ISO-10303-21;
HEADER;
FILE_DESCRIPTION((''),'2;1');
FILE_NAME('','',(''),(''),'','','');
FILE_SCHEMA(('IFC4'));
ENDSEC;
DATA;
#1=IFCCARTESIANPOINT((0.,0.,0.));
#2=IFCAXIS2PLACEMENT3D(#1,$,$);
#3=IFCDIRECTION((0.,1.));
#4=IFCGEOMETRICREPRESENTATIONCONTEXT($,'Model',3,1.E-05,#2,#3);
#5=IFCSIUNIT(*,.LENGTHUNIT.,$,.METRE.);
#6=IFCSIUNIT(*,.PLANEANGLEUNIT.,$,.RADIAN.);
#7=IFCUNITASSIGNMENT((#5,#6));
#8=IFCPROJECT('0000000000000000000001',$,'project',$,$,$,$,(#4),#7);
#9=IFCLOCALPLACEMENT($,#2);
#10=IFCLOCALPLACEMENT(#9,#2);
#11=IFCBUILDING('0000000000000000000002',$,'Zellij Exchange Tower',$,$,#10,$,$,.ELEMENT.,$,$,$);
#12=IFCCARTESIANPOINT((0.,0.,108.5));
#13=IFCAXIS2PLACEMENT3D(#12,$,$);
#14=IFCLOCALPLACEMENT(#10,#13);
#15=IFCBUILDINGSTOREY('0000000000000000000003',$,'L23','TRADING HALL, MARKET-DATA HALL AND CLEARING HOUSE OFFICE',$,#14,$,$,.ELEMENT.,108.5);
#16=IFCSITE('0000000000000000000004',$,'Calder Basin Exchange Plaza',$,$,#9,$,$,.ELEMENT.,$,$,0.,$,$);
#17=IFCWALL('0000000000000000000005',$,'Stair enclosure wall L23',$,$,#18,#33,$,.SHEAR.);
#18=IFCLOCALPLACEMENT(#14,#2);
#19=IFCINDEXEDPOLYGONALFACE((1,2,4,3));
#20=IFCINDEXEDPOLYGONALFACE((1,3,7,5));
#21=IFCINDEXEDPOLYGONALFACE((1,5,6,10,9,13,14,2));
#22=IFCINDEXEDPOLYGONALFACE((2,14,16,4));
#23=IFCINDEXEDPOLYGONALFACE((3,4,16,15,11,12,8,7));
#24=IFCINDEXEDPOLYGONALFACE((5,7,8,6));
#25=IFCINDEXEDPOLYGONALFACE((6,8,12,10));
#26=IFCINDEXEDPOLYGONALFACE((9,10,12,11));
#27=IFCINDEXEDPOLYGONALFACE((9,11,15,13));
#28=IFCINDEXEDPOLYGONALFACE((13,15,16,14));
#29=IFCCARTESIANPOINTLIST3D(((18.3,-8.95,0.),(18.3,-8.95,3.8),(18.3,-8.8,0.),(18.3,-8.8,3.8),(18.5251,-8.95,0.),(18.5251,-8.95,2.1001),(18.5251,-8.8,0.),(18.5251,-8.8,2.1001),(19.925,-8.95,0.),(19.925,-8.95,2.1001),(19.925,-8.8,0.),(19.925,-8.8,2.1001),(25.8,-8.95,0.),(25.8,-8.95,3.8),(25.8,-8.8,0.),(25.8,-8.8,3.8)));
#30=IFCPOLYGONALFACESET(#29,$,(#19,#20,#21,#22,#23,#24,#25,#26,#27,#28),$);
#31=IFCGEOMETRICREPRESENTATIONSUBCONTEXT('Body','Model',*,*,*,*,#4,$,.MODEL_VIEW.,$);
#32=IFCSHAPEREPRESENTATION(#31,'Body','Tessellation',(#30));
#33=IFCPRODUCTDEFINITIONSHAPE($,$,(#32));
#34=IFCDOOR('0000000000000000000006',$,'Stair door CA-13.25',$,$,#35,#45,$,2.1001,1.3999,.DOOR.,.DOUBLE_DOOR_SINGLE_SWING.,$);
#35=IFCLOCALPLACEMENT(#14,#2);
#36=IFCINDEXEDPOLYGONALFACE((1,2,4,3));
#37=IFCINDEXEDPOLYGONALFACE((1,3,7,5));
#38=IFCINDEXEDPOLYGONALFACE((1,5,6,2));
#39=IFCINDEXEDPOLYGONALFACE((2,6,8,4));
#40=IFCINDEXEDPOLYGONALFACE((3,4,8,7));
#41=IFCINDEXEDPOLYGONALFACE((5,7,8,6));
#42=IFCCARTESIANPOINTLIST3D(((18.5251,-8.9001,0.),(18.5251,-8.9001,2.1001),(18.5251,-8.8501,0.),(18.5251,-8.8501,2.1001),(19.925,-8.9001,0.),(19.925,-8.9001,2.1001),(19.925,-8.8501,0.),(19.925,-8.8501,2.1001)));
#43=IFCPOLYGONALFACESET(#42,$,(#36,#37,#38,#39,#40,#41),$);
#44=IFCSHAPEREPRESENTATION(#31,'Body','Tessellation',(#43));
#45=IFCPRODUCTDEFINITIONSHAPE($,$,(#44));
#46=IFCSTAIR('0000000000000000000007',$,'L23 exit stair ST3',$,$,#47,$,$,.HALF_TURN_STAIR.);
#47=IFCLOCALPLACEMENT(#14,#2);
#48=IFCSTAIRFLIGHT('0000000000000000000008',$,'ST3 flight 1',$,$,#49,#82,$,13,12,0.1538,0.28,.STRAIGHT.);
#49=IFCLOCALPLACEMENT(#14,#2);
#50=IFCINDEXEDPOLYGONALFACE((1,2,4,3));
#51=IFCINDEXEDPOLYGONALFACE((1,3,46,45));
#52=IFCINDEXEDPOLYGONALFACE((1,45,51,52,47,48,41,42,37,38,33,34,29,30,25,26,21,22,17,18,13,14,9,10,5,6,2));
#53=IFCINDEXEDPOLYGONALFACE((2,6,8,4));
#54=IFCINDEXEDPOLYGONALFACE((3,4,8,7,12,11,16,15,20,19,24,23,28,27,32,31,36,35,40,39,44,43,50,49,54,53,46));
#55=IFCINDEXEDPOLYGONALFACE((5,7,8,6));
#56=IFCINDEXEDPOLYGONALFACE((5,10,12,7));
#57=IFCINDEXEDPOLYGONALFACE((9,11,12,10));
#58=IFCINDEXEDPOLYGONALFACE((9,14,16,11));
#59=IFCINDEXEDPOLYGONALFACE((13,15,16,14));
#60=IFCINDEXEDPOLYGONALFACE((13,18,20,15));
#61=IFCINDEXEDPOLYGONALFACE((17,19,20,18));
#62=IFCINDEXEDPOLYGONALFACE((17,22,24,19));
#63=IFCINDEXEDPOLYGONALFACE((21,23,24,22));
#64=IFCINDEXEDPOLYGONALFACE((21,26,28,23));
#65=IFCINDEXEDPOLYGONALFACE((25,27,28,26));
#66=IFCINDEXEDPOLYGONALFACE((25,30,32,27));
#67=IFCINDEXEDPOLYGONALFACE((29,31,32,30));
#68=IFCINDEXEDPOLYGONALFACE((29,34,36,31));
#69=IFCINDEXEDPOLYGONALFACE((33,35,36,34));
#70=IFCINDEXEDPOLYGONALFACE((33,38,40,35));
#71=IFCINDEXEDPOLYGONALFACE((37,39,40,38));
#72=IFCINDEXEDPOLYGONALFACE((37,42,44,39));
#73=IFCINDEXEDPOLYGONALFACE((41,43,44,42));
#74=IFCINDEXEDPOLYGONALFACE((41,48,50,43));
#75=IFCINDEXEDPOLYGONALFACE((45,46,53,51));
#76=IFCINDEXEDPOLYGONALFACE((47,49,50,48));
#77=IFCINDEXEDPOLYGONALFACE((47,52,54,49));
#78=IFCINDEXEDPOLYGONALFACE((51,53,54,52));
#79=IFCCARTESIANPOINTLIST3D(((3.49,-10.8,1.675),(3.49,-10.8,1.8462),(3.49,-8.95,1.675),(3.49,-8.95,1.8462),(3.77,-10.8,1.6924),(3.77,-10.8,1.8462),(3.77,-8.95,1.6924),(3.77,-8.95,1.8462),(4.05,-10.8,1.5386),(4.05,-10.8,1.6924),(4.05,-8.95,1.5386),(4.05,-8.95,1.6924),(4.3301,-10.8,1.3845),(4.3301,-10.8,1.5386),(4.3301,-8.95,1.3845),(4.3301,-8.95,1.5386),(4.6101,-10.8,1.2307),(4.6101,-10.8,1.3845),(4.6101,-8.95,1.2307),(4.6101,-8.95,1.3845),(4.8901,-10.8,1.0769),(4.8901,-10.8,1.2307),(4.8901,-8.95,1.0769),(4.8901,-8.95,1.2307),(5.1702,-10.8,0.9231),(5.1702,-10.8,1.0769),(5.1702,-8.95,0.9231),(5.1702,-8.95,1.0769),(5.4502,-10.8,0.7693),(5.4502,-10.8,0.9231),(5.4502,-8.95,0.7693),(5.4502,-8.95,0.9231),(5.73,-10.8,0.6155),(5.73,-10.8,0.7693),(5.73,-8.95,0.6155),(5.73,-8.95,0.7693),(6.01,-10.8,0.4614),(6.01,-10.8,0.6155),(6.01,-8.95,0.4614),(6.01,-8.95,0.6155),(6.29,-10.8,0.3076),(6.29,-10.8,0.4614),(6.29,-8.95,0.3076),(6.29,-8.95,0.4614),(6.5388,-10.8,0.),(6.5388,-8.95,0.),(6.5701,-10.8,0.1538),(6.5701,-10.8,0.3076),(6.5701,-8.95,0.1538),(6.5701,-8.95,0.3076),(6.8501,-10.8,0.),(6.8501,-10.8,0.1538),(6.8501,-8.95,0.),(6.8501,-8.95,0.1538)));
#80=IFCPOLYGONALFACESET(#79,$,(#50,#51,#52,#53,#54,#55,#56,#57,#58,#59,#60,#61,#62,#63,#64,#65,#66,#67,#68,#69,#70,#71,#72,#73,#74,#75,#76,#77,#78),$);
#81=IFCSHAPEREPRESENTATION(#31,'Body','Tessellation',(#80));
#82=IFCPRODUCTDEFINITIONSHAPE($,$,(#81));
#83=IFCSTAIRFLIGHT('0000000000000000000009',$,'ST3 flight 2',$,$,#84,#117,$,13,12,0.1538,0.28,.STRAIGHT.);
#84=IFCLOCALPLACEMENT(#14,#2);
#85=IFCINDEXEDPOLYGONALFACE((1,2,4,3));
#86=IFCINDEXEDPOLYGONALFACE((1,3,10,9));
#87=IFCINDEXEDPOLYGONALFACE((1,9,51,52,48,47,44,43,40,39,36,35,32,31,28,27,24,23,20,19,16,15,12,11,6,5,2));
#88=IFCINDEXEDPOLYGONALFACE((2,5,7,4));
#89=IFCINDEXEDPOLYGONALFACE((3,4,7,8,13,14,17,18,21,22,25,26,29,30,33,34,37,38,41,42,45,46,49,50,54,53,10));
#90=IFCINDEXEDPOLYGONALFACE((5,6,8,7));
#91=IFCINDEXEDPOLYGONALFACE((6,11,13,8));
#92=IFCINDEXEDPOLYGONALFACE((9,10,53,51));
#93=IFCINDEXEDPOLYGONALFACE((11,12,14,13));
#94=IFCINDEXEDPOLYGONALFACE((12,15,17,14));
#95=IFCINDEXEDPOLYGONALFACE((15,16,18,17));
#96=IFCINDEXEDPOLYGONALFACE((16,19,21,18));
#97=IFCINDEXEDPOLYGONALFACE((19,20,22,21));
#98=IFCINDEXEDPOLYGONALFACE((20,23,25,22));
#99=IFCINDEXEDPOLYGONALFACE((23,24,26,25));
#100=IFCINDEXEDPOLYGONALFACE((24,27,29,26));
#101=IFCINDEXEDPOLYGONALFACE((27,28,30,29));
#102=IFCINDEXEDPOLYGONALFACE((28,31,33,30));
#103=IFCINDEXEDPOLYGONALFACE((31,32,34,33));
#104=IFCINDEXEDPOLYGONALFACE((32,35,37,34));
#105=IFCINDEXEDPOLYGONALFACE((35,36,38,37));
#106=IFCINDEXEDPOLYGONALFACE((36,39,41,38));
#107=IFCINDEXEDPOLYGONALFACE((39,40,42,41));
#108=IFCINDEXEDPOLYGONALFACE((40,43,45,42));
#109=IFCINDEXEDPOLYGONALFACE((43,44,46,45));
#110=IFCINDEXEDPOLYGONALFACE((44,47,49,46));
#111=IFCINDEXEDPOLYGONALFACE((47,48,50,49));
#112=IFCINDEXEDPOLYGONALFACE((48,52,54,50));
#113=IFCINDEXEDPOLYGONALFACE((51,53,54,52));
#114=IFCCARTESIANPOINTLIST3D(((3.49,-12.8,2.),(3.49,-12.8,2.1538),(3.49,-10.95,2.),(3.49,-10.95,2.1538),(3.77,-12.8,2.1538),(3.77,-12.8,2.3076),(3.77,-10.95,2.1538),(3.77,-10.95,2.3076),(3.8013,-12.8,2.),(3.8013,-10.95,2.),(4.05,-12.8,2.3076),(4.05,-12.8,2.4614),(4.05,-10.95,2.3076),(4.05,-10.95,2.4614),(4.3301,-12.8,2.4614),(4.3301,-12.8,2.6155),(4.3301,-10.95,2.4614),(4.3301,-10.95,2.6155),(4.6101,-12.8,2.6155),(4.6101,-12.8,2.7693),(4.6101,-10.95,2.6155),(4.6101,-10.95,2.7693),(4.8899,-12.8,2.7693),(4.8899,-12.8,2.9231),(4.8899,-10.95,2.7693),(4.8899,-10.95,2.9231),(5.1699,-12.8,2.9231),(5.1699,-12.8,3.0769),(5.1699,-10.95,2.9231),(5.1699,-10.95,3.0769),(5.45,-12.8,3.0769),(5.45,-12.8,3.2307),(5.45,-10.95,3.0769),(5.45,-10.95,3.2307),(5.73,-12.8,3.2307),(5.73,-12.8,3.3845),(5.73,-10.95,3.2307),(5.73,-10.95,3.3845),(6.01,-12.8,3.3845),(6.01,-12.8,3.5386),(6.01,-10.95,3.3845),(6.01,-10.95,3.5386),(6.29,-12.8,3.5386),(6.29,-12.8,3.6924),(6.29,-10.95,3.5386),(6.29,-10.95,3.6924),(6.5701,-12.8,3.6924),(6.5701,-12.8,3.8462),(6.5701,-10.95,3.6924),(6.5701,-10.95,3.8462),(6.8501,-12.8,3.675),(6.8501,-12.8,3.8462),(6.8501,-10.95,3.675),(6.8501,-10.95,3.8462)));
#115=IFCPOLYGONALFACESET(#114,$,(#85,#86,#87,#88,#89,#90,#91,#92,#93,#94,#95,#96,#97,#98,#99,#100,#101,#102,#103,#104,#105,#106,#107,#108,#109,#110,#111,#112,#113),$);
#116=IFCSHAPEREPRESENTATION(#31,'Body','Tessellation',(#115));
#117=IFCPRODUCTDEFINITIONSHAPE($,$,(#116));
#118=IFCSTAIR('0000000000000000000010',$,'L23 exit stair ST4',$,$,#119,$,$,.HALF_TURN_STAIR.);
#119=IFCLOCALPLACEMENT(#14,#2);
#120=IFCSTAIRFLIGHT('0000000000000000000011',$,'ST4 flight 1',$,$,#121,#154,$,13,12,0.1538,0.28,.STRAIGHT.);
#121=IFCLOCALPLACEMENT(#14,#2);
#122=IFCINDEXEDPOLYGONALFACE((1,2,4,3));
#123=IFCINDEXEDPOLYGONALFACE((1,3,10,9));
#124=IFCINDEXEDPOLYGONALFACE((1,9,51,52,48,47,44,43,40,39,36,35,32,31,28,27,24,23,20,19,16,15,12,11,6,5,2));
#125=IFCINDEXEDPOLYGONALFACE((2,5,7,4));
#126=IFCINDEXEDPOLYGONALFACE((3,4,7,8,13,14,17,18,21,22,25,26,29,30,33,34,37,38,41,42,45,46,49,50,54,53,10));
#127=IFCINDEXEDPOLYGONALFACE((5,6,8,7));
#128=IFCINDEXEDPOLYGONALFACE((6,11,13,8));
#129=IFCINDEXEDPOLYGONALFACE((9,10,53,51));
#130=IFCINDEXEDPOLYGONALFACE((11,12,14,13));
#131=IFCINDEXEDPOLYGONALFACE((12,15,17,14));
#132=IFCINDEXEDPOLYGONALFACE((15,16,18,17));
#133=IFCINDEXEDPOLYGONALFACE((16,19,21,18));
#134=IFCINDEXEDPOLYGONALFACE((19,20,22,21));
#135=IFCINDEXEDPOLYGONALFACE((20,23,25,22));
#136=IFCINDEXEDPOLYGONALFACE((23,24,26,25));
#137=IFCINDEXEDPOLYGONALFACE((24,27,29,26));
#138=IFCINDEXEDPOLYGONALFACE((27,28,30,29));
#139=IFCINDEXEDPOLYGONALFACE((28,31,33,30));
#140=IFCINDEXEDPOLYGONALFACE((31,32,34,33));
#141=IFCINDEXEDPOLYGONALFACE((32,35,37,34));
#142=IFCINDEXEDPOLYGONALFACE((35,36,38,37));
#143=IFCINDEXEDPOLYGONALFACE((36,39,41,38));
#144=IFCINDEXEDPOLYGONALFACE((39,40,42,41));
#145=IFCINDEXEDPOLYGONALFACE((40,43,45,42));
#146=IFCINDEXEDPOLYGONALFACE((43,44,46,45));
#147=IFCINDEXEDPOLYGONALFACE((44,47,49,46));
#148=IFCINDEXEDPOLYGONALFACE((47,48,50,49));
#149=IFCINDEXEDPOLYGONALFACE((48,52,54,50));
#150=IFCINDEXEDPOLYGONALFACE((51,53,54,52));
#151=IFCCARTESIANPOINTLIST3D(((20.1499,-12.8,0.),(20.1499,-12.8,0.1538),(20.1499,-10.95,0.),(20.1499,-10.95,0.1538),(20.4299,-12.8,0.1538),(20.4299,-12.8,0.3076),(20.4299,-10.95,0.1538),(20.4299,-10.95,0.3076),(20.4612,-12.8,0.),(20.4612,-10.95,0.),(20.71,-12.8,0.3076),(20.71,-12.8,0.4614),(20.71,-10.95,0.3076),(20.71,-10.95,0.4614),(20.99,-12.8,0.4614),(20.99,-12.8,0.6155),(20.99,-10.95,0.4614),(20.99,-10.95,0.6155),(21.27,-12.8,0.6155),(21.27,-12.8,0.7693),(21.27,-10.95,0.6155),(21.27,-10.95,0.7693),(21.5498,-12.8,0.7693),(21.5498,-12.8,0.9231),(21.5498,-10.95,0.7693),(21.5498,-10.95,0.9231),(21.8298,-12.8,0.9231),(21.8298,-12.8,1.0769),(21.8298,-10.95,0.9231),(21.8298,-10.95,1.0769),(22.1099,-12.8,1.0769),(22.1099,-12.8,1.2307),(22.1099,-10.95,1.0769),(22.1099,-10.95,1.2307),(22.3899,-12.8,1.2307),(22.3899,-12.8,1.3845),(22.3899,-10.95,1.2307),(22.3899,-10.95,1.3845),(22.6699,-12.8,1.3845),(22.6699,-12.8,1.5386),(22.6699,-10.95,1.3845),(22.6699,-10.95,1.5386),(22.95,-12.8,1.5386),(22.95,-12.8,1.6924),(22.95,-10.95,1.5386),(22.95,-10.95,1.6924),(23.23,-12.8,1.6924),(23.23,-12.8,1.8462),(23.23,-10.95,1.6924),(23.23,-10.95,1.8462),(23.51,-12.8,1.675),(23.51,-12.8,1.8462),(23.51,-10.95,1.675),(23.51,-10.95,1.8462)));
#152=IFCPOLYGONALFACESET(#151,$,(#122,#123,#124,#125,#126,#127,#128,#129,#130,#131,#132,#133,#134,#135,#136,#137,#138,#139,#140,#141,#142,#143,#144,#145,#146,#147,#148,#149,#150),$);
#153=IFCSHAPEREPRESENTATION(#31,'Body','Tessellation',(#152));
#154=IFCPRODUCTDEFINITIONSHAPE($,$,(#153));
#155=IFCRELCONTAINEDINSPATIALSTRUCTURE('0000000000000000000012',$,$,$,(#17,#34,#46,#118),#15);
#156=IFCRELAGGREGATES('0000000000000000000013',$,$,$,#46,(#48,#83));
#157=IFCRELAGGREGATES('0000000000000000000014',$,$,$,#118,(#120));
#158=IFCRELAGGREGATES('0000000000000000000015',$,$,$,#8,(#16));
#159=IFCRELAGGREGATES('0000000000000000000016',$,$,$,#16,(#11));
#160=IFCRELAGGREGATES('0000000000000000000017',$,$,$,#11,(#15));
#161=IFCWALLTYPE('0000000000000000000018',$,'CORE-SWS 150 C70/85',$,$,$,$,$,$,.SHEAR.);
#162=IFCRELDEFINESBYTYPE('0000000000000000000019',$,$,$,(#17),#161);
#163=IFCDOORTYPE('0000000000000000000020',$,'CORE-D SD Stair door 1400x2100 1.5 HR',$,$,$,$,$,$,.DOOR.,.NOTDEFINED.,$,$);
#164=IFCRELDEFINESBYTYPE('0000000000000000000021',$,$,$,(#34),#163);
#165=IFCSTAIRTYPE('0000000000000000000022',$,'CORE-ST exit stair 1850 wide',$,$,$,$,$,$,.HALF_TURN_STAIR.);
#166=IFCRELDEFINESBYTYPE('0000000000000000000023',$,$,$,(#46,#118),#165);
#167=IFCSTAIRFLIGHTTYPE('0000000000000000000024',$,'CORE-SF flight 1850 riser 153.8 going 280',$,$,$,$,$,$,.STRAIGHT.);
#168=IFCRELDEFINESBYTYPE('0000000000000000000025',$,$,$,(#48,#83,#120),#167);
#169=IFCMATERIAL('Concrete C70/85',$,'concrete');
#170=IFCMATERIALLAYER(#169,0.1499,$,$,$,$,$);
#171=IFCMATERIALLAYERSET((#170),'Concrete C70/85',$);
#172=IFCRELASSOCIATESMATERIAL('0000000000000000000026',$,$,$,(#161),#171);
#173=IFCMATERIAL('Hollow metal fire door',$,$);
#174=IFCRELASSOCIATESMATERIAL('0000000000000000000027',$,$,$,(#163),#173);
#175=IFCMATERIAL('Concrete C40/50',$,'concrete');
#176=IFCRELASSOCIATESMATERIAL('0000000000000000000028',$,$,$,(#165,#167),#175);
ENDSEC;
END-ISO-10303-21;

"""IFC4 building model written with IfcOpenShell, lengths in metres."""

from ifc_helpers import new_model, si_unit, direction, frame, frame_2d, origin, place, context, subcontext, project, spatial, polyline, rectangle, outline, extrude, material, layer, layer_set, type_object, element, fill, aggregate, save


model = new_model("IFC4")

# Units and contexts
model_context = context("Model", 3, precision=1e-05, world=origin(), true_north=direction((0.0, 1.0)))
body_context = subcontext(model_context, "Body", "Model", "MODEL_VIEW")
ifc_project = project(units=[si_unit("LENGTHUNIT", "METRE"), si_unit("PLANEANGLEUNIT", "RADIAN")], contexts=[model_context])

# Site, building, storey
site_placement = place(None, origin())
site = spatial("IfcSite", under=ifc_project, at=site_placement, Name="Calder Basin Exchange Plaza", CompositionType="ELEMENT", RefElevation=0.0)
building_placement = place(site_placement, origin())
building = spatial("IfcBuilding", under=site, at=building_placement, Name="Zellij Exchange Tower", CompositionType="ELEMENT")
storey_placement = place(building_placement, frame((0.0, 0.0, 108.5)))
storey = spatial("IfcBuildingStorey", under=building, at=storey_placement, Name="L23", Description="TRADING HALL, MARKET-DATA HALL AND CLEARING HOUSE OFFICE", CompositionType="ELEMENT", Elevation=108.5)

# Shared definitions
ifc_material_1 = material(Name="Concrete C70/85", Category="concrete")

# Shared definitions
ifc_material_2 = material(Name="Hollow metal fire door")

# Wall, opening, door
ifc_layer_1 = layer(ifc_material_1, 0.1499)
ifc_layer_set_1 = layer_set([ifc_layer_1], Name="Concrete C70/85")
wall_type_1 = type_object("IfcWallType", Name="CORE-SWS 150 C70/85", PredefinedType="SHEAR", material=ifc_layer_set_1)
door_type_1 = type_object("IfcDoorType", Name="CORE-D SD Stair door 1400x2100 1.5 HR", OperationType="NOTDEFINED", PredefinedType="DOOR", material=ifc_material_2)
wall_1_placement = place(storey_placement, frame((18.3, -8.875, 0.0), z_axis=(0.0, 0.0, 1.0), x_axis=(1.0, 0.0, 0.0)))
wall_1 = element("IfcWall", 1, at=wall_1_placement, inside=storey, type_object=wall_type_1, Name="Stair enclosure wall L23", PredefinedType="SHEAR", context=body_context, shape_type="SweptSolid", body=[
    extrude(rectangle(XDim=7.5, YDim=0.1499, at=frame_2d((3.75, 0.0))), origin(), (0.0, 0.0, 1.0), 3.8),
])
opening_1_placement = place(wall_1_placement, frame((0.2251, 0.0, 0.0)))
opening_1 = element("IfcOpeningElement", 2, at=opening_1_placement, cuts=wall_1, PredefinedType="OPENING", context=body_context, shape_type="SweptSolid", body=[
    extrude(rectangle(XDim=1.3999, YDim=2.1001, at=frame_2d((0.7, 1.05))), frame((0.0, 0.0869, 0.0), z_axis=(0.0, -1.0, 0.0), x_axis=(1.0, 0.0, 0.0)), (0.0, 0.0, 1.0), 0.1738),
])
door_1_placement = place(opening_1_placement, origin())
door_1 = element("IfcDoor", 3, at=door_1_placement, inside=storey, type_object=door_type_1, Name="Stair door CA-13.25", OperationType="DOUBLE_DOOR_SINGLE_SWING", OverallHeight=2.1001, OverallWidth=1.3999, PredefinedType="DOOR", context=body_context, shape_type="SweptSolid", body=[
    extrude(rectangle(XDim=1.3999, YDim=2.1001, at=frame_2d((0.7, 1.05))), frame((0.0, 0.0249, 0.0), z_axis=(0.0, -1.0, 0.0), x_axis=(1.0, 0.0, 0.0)), (0.0, 0.0, 1.0), 0.05),
])
fill(opening_1, door_1)

# Stair, stair flights
ifc_material_3 = material(Name="Concrete C40/50", Category="concrete")
stair_type = type_object("IfcStairType", Name="CORE-ST exit stair 1850 wide", PredefinedType="HALF_TURN_STAIR", material=ifc_material_3)
stair_1_placement = place(storey_placement, origin())
stair_1 = element("IfcStair", 4, at=stair_1_placement, inside=storey, type_object=stair_type, Name="L23 exit stair ST3", PredefinedType="HALF_TURN_STAIR")
stair_flight_type = type_object("IfcStairFlightType", Name="CORE-SF flight 1850 riser 153.8 going 280", PredefinedType="STRAIGHT", material=ifc_material_3)
stair_flight_1_placement = place(storey_placement, frame((6.8501, -9.875, 0.0), z_axis=(0.0, 0.0, 1.0), x_axis=(-1.0, 0.0, 0.0)))
stair_flight_1 = element("IfcStairFlight", 5, at=stair_flight_1_placement, type_object=stair_flight_type, Name="ST3 flight 1", NumberOfRisers=13, NumberOfTreads=12, PredefinedType="STRAIGHT", RiserHeight=0.1538, TreadLength=0.28, context=body_context, shape_type="SweptSolid", body=[
    extrude(outline(polyline([(0.0, 0.0), (0.0, 0.1538), (0.28, 0.1538), (0.28, 0.3076), (0.5601, 0.3076), (0.5601, 0.4614), (0.8401, 0.4614), (0.8401, 0.6155), (1.1201, 0.6155), (1.1201, 0.7693), (1.3999, 0.7693), (1.3999, 0.9231), (1.6799, 0.9231), (1.6799, 1.0769), (1.96, 1.0769), (1.96, 1.2307), (2.24, 1.2307), (2.24, 1.3845), (2.52, 1.3845), (2.52, 1.5386), (2.8, 1.5386), (2.8, 1.6924), (3.0801, 1.6924), (3.0801, 1.8462), (3.3601, 1.8462), (3.3601, 2.0), (3.3601, 1.675), (0.3113, 0.0), (0.0, 0.0)])), frame((0.0, 0.925, 0.0), z_axis=(0.0, -1.0, 0.0), x_axis=(1.0, 0.0, 0.0)), (0.0, 0.0, 1.0), 1.8501),
])
stair_flight_2_placement = place(storey_placement, frame((3.49, -11.875, 2.0), z_axis=(0.0, 0.0, 1.0), x_axis=(1.0, 0.0, 0.0)))
stair_flight_2 = element("IfcStairFlight", 6, at=stair_flight_2_placement, type_object=stair_flight_type, Name="ST3 flight 2", NumberOfRisers=13, NumberOfTreads=12, PredefinedType="STRAIGHT", RiserHeight=0.1538, TreadLength=0.28, context=body_context, shape_type="SweptSolid", body=[
    extrude(outline(polyline([(0.0, 0.0), (0.0, 0.1538), (0.28, 0.1538), (0.28, 0.3076), (0.5601, 0.3076), (0.5601, 0.4614), (0.8401, 0.4614), (0.8401, 0.6155), (1.1201, 0.6155), (1.1201, 0.7693), (1.3999, 0.7693), (1.3999, 0.9231), (1.6799, 0.9231), (1.6799, 1.0769), (1.96, 1.0769), (1.96, 1.2307), (2.24, 1.2307), (2.24, 1.3845), (2.52, 1.3845), (2.52, 1.5386), (2.8, 1.5386), (2.8, 1.6924), (3.0801, 1.6924), (3.0801, 1.8462), (3.3601, 1.8462), (3.3601, 2.0), (3.3601, 1.675), (0.3113, 0.0), (0.0, 0.0)])), frame((0.0, 0.925, 0.0), z_axis=(0.0, -1.0, 0.0), x_axis=(1.0, 0.0, 0.0)), (0.0, 0.0, 1.0), 1.8501),
])
aggregate(stair_1, [stair_flight_1, stair_flight_2])

# Stair, stair flight
stair_2_placement = place(storey_placement, origin())
stair_2 = element("IfcStair", 7, at=stair_2_placement, inside=storey, type_object=stair_type, Name="L23 exit stair ST4", PredefinedType="HALF_TURN_STAIR")
stair_flight_3_placement = place(storey_placement, frame((20.1499, -11.875, 0.0), z_axis=(0.0, 0.0, 1.0), x_axis=(1.0, 0.0, 0.0)))
stair_flight_3 = element("IfcStairFlight", 8, at=stair_flight_3_placement, type_object=stair_flight_type, Name="ST4 flight 1", NumberOfRisers=13, NumberOfTreads=12, PredefinedType="STRAIGHT", RiserHeight=0.1538, TreadLength=0.28, context=body_context, shape_type="SweptSolid", body=[
    extrude(outline(polyline([(0.0, 0.0), (0.0, 0.1538), (0.28, 0.1538), (0.28, 0.3076), (0.5601, 0.3076), (0.5601, 0.4614), (0.8401, 0.4614), (0.8401, 0.6155), (1.1201, 0.6155), (1.1201, 0.7693), (1.3999, 0.7693), (1.3999, 0.9231), (1.6799, 0.9231), (1.6799, 1.0769), (1.96, 1.0769), (1.96, 1.2307), (2.24, 1.2307), (2.24, 1.3845), (2.52, 1.3845), (2.52, 1.5386), (2.8, 1.5386), (2.8, 1.6924), (3.0801, 1.6924), (3.0801, 1.8462), (3.3601, 1.8462), (3.3601, 2.0), (3.3601, 1.675), (0.3113, 0.0), (0.0, 0.0)])), frame((0.0, 0.925, 0.0), z_axis=(0.0, -1.0, 0.0), x_axis=(1.0, 0.0, 0.0)), (0.0, 0.0, 1.0), 1.8501),
])
aggregate(stair_2, [stair_flight_3])

save(model, "model.ifc")
